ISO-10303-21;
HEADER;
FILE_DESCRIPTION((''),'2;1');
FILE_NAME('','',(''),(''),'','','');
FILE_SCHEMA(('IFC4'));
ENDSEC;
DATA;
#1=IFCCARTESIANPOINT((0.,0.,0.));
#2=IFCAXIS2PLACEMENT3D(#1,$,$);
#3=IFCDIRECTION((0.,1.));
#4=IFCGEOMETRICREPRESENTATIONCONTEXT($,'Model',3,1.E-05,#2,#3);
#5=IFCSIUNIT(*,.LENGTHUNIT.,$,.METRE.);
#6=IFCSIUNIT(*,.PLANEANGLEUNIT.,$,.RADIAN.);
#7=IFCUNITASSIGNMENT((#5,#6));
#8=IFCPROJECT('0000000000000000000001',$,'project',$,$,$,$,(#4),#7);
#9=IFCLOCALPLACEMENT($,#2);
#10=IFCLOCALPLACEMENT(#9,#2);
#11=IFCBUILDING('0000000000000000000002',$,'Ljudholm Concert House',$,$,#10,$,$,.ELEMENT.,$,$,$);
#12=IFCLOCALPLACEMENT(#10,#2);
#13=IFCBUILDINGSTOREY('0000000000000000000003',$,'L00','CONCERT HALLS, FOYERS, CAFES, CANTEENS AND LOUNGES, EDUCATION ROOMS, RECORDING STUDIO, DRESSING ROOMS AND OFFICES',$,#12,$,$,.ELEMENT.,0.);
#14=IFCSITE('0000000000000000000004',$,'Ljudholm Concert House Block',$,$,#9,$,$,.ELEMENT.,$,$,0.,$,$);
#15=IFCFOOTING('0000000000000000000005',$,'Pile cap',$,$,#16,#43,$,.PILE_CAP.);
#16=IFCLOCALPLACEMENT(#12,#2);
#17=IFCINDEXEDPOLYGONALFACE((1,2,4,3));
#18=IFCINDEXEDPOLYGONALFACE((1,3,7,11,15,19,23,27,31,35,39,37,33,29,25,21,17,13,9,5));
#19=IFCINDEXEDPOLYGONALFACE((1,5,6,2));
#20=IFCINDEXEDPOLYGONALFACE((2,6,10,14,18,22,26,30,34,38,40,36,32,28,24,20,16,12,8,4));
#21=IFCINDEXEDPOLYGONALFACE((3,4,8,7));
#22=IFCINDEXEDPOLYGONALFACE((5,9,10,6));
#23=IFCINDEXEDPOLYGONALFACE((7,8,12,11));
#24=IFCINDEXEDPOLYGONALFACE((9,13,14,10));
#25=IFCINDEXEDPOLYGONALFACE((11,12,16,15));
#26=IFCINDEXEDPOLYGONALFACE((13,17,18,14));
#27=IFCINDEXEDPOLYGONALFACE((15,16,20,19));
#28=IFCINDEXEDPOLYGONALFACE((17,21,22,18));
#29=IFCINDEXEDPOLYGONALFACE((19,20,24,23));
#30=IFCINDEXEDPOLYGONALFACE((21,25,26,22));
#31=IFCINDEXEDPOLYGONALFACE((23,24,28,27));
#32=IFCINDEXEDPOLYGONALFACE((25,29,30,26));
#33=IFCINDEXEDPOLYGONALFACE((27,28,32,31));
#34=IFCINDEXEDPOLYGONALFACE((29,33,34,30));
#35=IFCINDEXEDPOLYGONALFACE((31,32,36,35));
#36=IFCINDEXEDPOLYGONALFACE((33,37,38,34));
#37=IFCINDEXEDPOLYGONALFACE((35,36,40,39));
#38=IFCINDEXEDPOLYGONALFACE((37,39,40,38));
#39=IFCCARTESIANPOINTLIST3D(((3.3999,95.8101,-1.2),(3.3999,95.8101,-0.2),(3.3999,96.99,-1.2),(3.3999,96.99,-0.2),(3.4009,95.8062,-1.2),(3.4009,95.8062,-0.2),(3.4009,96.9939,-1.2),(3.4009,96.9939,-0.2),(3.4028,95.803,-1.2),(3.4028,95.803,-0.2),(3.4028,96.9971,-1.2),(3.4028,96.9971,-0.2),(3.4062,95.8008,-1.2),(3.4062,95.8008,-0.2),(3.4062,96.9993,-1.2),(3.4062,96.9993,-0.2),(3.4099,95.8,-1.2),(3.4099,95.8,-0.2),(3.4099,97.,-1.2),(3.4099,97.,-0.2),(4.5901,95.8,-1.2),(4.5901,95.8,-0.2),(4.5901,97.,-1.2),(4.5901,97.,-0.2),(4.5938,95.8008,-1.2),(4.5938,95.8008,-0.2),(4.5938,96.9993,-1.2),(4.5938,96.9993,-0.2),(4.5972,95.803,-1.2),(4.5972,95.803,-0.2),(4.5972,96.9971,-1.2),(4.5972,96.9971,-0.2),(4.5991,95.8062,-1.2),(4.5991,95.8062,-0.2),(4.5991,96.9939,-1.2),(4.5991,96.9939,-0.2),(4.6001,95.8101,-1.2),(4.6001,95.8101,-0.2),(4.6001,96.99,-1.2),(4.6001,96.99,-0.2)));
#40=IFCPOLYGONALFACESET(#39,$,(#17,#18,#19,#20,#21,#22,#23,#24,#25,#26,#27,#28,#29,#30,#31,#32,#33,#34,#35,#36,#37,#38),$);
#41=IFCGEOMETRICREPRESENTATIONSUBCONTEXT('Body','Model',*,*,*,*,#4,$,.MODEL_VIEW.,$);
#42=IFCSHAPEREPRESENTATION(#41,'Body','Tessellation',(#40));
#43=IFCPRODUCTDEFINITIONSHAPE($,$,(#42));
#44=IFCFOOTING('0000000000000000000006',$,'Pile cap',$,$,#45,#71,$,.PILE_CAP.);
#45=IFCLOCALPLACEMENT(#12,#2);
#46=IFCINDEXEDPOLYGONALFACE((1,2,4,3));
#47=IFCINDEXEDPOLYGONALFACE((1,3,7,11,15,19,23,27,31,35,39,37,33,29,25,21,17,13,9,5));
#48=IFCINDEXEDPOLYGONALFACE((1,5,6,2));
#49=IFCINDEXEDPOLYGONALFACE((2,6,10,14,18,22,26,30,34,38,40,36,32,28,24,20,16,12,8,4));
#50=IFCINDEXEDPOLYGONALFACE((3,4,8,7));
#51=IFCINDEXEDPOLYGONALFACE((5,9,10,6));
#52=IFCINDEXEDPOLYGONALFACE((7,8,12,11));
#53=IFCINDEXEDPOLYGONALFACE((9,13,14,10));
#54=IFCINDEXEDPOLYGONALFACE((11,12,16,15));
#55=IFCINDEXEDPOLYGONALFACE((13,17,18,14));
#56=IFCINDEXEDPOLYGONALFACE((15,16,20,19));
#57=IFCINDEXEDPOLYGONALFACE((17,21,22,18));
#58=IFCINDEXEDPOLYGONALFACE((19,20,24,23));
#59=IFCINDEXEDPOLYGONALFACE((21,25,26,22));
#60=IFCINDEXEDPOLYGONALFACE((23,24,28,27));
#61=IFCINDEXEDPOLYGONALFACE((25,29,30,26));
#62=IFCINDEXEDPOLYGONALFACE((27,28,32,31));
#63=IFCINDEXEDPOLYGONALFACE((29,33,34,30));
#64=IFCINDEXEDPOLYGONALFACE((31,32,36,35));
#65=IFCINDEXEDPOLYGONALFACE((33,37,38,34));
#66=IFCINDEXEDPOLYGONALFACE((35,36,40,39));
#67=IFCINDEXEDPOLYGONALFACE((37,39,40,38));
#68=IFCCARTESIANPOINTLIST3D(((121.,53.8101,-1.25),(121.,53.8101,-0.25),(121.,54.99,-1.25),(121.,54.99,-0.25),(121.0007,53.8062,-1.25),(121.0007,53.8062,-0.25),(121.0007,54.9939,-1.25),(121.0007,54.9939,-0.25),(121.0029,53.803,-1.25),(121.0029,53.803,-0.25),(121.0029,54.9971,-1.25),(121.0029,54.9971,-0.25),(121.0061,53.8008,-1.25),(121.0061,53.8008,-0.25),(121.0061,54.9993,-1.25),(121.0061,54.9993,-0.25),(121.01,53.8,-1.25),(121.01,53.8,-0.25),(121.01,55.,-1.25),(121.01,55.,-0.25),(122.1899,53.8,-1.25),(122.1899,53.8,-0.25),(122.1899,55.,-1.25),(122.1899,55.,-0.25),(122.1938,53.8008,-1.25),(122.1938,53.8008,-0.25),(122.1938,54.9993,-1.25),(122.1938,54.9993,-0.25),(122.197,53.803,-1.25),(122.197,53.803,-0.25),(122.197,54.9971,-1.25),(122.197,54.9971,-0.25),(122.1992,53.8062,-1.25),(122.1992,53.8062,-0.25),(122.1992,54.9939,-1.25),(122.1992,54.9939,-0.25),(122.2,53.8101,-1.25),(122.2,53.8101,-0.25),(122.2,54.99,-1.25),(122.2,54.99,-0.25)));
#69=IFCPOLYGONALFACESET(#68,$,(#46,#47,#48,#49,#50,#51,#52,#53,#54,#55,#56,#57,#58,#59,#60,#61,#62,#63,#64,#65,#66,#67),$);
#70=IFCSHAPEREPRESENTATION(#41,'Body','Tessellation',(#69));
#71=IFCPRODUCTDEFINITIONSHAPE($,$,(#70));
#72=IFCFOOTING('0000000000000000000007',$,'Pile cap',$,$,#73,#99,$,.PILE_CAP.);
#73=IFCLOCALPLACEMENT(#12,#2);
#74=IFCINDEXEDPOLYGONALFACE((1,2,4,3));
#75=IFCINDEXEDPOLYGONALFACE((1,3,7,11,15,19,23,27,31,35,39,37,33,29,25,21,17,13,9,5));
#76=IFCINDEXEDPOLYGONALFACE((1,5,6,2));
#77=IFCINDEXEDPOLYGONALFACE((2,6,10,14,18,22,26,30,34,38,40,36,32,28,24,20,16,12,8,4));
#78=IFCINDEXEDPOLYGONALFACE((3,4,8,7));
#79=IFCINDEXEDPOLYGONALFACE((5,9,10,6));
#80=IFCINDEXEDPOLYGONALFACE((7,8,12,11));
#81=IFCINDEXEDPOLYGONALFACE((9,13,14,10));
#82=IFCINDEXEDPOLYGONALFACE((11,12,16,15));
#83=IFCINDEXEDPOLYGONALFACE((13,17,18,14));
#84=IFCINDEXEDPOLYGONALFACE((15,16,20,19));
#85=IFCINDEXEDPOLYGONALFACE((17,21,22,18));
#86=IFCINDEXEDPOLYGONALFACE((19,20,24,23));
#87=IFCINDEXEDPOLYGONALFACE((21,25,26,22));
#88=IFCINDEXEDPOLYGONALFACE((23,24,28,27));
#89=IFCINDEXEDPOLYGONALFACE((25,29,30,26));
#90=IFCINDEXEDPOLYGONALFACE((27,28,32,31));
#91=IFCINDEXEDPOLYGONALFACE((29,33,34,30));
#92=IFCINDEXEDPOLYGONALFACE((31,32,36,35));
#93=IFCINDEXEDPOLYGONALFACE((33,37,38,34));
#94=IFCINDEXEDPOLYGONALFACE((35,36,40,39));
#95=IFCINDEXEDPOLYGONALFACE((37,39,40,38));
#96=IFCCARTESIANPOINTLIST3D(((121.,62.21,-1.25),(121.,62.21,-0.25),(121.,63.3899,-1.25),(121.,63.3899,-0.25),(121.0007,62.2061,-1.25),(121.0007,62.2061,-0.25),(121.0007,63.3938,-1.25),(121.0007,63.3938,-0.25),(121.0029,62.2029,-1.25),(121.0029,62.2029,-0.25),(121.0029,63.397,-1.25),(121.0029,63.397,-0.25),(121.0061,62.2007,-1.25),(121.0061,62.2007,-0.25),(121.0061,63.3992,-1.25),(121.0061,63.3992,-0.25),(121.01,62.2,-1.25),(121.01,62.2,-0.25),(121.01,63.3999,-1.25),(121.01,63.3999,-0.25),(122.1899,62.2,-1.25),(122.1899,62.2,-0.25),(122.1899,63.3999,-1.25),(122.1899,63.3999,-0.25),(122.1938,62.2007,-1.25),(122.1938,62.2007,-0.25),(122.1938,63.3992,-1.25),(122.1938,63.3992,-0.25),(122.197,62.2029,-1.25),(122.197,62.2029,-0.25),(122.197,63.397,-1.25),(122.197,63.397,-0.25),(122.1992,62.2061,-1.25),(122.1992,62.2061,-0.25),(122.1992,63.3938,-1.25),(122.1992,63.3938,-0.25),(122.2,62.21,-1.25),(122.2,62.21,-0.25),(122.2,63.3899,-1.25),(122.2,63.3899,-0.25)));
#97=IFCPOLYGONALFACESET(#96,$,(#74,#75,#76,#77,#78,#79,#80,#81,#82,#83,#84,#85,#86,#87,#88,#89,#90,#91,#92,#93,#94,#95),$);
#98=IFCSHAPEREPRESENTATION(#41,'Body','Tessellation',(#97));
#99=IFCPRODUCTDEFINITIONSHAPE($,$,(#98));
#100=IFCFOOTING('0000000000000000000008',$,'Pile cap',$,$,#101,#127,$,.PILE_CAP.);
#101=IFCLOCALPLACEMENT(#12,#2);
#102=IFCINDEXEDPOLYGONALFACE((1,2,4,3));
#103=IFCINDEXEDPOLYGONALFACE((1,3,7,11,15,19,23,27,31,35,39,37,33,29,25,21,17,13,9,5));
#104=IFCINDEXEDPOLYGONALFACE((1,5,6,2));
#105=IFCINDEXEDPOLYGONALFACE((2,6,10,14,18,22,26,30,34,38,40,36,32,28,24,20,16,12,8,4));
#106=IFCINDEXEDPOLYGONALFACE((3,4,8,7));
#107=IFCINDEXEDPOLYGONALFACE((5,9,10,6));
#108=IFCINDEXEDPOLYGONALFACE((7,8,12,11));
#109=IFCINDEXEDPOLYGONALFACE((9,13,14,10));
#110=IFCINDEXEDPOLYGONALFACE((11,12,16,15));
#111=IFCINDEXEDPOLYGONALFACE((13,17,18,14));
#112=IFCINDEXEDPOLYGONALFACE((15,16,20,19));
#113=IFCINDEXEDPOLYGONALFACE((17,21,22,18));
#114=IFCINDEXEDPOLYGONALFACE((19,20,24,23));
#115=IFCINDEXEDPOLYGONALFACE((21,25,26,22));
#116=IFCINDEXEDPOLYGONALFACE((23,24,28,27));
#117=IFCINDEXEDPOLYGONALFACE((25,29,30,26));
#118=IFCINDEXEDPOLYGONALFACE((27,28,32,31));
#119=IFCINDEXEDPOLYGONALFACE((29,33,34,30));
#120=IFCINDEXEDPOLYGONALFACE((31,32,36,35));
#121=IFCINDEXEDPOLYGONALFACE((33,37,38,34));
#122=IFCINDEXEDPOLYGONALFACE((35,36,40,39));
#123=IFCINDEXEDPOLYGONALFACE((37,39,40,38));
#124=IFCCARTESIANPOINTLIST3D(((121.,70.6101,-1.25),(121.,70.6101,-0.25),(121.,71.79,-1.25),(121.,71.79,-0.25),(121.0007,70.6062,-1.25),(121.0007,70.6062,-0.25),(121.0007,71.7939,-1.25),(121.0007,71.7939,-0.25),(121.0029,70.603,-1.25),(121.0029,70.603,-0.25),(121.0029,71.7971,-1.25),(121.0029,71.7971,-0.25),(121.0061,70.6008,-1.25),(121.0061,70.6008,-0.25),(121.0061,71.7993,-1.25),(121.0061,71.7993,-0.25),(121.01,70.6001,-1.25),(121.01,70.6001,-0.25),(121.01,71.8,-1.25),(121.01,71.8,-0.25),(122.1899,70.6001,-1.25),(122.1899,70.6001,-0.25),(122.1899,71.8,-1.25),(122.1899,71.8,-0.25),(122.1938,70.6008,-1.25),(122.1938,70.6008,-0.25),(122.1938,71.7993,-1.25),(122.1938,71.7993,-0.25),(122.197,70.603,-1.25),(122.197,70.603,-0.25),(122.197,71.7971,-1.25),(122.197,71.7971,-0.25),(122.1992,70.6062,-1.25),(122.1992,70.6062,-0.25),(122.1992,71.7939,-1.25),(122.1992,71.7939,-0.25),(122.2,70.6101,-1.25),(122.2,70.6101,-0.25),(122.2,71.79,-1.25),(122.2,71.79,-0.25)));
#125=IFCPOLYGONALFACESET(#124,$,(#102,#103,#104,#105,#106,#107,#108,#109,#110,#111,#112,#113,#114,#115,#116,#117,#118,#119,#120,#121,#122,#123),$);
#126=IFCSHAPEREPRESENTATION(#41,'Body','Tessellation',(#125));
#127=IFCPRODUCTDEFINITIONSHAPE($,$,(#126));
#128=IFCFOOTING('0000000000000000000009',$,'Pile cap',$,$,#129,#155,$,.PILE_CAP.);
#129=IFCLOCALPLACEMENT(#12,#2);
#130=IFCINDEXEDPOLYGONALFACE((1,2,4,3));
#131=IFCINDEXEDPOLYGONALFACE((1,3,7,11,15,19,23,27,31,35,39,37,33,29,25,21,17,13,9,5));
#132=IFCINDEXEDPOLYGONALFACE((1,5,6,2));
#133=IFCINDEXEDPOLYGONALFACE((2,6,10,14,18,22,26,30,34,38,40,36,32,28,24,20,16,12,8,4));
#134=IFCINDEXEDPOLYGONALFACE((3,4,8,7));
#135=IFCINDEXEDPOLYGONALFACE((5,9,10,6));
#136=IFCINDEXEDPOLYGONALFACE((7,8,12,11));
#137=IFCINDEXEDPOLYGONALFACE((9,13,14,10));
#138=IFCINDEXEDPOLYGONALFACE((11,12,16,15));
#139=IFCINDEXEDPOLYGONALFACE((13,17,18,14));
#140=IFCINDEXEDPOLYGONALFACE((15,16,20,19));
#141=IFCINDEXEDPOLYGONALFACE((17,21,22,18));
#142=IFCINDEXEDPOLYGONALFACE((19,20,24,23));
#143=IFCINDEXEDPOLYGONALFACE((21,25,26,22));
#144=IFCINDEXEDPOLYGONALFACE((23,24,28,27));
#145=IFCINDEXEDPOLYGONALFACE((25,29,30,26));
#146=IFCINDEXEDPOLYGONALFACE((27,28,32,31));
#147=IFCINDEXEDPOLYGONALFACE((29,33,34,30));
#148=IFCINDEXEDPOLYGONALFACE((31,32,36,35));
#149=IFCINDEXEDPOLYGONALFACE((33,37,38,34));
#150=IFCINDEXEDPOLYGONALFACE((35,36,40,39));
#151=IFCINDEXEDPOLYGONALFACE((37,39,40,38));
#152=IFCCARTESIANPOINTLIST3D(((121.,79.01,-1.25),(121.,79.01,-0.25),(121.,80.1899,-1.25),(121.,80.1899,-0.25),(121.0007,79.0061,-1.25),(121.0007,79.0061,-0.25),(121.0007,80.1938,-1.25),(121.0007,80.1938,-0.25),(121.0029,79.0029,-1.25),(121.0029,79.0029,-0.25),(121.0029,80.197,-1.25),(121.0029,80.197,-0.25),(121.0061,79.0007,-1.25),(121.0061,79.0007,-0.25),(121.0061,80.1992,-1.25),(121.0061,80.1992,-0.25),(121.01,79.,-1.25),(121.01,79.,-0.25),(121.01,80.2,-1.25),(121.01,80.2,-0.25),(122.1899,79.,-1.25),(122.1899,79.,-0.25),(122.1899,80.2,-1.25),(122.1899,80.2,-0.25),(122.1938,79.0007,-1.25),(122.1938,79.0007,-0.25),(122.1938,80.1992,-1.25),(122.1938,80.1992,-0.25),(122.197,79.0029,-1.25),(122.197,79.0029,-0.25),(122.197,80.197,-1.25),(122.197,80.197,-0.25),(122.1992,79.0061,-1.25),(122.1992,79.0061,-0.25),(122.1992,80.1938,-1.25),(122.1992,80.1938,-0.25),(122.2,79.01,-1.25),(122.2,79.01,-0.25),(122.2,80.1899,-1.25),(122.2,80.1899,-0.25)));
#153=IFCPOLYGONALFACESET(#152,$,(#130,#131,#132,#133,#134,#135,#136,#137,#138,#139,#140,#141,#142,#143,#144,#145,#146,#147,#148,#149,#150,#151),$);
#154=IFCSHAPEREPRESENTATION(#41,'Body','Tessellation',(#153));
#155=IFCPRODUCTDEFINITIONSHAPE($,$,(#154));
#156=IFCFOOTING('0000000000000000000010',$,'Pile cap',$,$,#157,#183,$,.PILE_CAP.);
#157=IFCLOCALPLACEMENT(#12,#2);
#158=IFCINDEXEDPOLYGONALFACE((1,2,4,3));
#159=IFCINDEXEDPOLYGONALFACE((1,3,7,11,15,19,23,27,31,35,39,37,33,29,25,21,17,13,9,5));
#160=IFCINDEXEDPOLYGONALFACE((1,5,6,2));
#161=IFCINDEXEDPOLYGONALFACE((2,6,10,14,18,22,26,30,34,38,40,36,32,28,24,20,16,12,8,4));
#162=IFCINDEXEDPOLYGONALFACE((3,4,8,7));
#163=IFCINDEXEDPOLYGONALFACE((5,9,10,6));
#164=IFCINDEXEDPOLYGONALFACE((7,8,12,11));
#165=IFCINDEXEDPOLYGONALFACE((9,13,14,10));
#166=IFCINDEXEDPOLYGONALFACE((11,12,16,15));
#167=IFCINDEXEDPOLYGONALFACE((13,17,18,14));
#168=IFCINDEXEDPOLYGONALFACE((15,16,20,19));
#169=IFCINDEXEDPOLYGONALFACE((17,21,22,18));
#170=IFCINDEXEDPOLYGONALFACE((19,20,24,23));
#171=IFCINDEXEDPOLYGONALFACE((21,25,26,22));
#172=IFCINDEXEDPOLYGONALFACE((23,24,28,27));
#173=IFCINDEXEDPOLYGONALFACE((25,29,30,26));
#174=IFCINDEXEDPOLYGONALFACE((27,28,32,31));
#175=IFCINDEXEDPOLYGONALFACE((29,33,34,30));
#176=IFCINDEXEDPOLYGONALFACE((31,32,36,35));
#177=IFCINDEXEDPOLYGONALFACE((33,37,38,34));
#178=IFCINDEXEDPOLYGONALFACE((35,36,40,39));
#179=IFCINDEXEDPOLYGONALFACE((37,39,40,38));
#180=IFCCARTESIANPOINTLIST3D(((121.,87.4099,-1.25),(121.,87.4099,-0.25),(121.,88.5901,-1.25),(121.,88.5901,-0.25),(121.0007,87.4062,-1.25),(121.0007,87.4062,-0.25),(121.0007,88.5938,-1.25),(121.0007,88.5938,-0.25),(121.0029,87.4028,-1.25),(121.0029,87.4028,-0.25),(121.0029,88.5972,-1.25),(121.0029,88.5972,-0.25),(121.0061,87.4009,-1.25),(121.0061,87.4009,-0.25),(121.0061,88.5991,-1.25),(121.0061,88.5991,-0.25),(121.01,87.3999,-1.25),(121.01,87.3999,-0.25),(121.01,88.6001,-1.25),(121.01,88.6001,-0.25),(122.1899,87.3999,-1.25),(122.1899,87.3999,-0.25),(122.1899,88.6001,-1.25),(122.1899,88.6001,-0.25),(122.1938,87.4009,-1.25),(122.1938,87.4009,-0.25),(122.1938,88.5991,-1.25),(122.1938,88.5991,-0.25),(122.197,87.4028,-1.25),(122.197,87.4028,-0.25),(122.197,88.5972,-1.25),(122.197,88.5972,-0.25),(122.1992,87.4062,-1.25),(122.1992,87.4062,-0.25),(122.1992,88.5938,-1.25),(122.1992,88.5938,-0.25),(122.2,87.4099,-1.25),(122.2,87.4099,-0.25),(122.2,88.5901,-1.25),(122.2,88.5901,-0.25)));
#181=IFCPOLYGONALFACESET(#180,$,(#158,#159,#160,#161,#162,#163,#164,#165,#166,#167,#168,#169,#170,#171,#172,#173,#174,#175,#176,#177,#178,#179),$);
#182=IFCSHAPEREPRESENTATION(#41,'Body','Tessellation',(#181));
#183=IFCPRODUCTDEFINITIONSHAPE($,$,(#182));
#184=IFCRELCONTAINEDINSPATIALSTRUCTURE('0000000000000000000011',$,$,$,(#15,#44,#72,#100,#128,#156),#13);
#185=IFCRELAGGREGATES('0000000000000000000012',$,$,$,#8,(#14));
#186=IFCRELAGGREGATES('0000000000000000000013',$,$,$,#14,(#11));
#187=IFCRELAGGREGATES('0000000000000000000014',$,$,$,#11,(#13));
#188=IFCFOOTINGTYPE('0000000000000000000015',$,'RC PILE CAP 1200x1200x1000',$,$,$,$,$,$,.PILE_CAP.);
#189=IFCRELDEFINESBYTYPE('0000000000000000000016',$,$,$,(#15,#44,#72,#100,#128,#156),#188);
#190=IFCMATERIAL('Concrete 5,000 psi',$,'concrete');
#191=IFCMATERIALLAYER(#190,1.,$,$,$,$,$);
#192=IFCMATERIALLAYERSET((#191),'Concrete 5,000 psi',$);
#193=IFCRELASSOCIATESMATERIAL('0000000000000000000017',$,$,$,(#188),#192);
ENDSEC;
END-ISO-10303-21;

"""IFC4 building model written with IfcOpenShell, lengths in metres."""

from ifc_helpers import new_model, si_unit, direction, frame, origin, place, context, subcontext, project, spatial, polyline, outline, extrude, material, layer, layer_set, type_object, element, save


model = new_model("IFC4")

# Units and contexts
model_context = context("Model", 3, precision=1e-05, world=origin(), true_north=direction((0.0, 1.0)))
body_context = subcontext(model_context, "Body", "Model", "MODEL_VIEW")
ifc_project = project(units=[si_unit("LENGTHUNIT", "METRE"), si_unit("PLANEANGLEUNIT", "RADIAN")], contexts=[model_context])

# Site, building, storey
site_placement = place(None, origin())
site = spatial("IfcSite", under=ifc_project, at=site_placement, Name="Ljudholm Concert House Block", CompositionType="ELEMENT", RefElevation=0.0)
building_placement = place(site_placement, origin())
building = spatial("IfcBuilding", under=site, at=building_placement, Name="Ljudholm Concert House", CompositionType="ELEMENT")
storey_placement = place(building_placement, origin())
storey = spatial("IfcBuildingStorey", under=building, at=storey_placement, Name="L00", Description="CONCERT HALLS, FOYERS, CAFES, CANTEENS AND LOUNGES, EDUCATION ROOMS, RECORDING STUDIO, DRESSING ROOMS AND OFFICES", CompositionType="ELEMENT", Elevation=0.0)

# Footings
ifc_material_1 = material(Name="Concrete 5,000 psi", Category="concrete")
ifc_layer_1 = layer(ifc_material_1, 1.0)
ifc_layer_set_1 = layer_set([ifc_layer_1], Name="Concrete 5,000 psi")
footing_type_1 = type_object("IfcFootingType", Name="RC PILE CAP 1200x1200x1000", PredefinedType="PILE_CAP", material=ifc_layer_set_1)
footing_1_placement = place(storey_placement, frame((0.0, 0.0, -1.2)))
element("IfcFooting", 1, at=footing_1_placement, inside=storey, type_object=footing_type_1, Name="Pile cap", PredefinedType="PILE_CAP", context=body_context, shape_type="SweptSolid", body=[
    extrude(outline(polyline([(3.3999, 96.99), (3.3999, 95.8101), (3.4009, 95.8062), (3.4028, 95.803), (3.4062, 95.8008), (3.4099, 95.8), (4.5901, 95.8), (4.5938, 95.8008), (4.5972, 95.803), (4.5991, 95.8062), (4.6001, 95.8101), (4.6001, 96.99), (4.5991, 96.9939), (4.5972, 96.9971), (4.5938, 96.9993), (4.5901, 97.0), (3.4099, 97.0), (3.4062, 96.9993), (3.4028, 96.9971), (3.4009, 96.9939), (3.3999, 96.99)])), origin(), (0.0, 0.0, 1.0), 1.0),
])
footing_2_placement = place(storey_placement, frame((0.0, 0.0, -1.25)))
element("IfcFooting", 2, at=footing_2_placement, inside=storey, type_object=footing_type_1, Name="Pile cap", PredefinedType="PILE_CAP", context=body_context, shape_type="SweptSolid", body=[
    extrude(outline(polyline([(121.01, 53.8), (122.1899, 53.8), (122.1938, 53.8008), (122.197, 53.803), (122.1992, 53.8062), (122.2, 53.8101), (122.2, 54.99), (122.1992, 54.9939), (122.197, 54.9971), (122.1938, 54.9993), (122.1899, 55.0), (121.01, 55.0), (121.0061, 54.9993), (121.0029, 54.9971), (121.0007, 54.9939), (121.0, 54.99), (121.0, 53.8101), (121.0007, 53.8062), (121.0029, 53.803), (121.0061, 53.8008), (121.01, 53.8)])), origin(), (0.0, 0.0, 1.0), 1.0),
])
footing_3_placement = place(storey_placement, frame((0.0, 0.0, -1.25)))
element("IfcFooting", 3, at=footing_3_placement, inside=storey, type_object=footing_type_1, Name="Pile cap", PredefinedType="PILE_CAP", context=body_context, shape_type="SweptSolid", body=[
    extrude(outline(polyline([(121.01, 62.2), (122.1899, 62.2), (122.1938, 62.2007), (122.197, 62.2029), (122.1992, 62.2061), (122.2, 62.21), (122.2, 63.3899), (122.1992, 63.3938), (122.197, 63.397), (122.1938, 63.3992), (122.1899, 63.3999), (121.01, 63.3999), (121.0061, 63.3992), (121.0029, 63.397), (121.0007, 63.3938), (121.0, 63.3899), (121.0, 62.21), (121.0007, 62.2061), (121.0029, 62.2029), (121.0061, 62.2007), (121.01, 62.2)])), origin(), (0.0, 0.0, 1.0), 1.0),
])
footing_4_placement = place(storey_placement, frame((0.0, 0.0, -1.25)))
element("IfcFooting", 4, at=footing_4_placement, inside=storey, type_object=footing_type_1, Name="Pile cap", PredefinedType="PILE_CAP", context=body_context, shape_type="SweptSolid", body=[
    extrude(outline(polyline([(121.0, 71.79), (121.0, 70.6101), (121.0007, 70.6062), (121.0029, 70.603), (121.0061, 70.6008), (121.01, 70.6001), (122.1899, 70.6001), (122.1938, 70.6008), (122.197, 70.603), (122.1992, 70.6062), (122.2, 70.6101), (122.2, 71.79), (122.1992, 71.7939), (122.197, 71.7971), (122.1938, 71.7993), (122.1899, 71.8), (121.01, 71.8), (121.0061, 71.7993), (121.0029, 71.7971), (121.0007, 71.7939), (121.0, 71.79)])), origin(), (0.0, 0.0, 1.0), 1.0),
])
footing_5_placement = place(storey_placement, frame((0.0, 0.0, -1.25)))
element("IfcFooting", 5, at=footing_5_placement, inside=storey, type_object=footing_type_1, Name="Pile cap", PredefinedType="PILE_CAP", context=body_context, shape_type="SweptSolid", body=[
    extrude(outline(polyline([(121.01, 79.0), (122.1899, 79.0), (122.1938, 79.0007), (122.197, 79.0029), (122.1992, 79.0061), (122.2, 79.01), (122.2, 80.1899), (122.1992, 80.1938), (122.197, 80.197), (122.1938, 80.1992), (122.1899, 80.2), (121.01, 80.2), (121.0061, 80.1992), (121.0029, 80.197), (121.0007, 80.1938), (121.0, 80.1899), (121.0, 79.01), (121.0007, 79.0061), (121.0029, 79.0029), (121.0061, 79.0007), (121.01, 79.0)])), origin(), (0.0, 0.0, 1.0), 1.0),
])
footing_6_placement = place(storey_placement, frame((0.0, 0.0, -1.25)))
element("IfcFooting", 6, at=footing_6_placement, inside=storey, type_object=footing_type_1, Name="Pile cap", PredefinedType="PILE_CAP", context=body_context, shape_type="SweptSolid", body=[
    extrude(outline(polyline([(121.01, 87.3999), (122.1899, 87.3999), (122.1938, 87.4009), (122.197, 87.4028), (122.1992, 87.4062), (122.2, 87.4099), (122.2, 88.5901), (122.1992, 88.5938), (122.197, 88.5972), (122.1938, 88.5991), (122.1899, 88.6001), (121.01, 88.6001), (121.0061, 88.5991), (121.0029, 88.5972), (121.0007, 88.5938), (121.0, 88.5901), (121.0, 87.4099), (121.0007, 87.4062), (121.0029, 87.4028), (121.0061, 87.4009), (121.01, 87.3999)])), origin(), (0.0, 0.0, 1.0), 1.0),
])

save(model, "model.ifc")
